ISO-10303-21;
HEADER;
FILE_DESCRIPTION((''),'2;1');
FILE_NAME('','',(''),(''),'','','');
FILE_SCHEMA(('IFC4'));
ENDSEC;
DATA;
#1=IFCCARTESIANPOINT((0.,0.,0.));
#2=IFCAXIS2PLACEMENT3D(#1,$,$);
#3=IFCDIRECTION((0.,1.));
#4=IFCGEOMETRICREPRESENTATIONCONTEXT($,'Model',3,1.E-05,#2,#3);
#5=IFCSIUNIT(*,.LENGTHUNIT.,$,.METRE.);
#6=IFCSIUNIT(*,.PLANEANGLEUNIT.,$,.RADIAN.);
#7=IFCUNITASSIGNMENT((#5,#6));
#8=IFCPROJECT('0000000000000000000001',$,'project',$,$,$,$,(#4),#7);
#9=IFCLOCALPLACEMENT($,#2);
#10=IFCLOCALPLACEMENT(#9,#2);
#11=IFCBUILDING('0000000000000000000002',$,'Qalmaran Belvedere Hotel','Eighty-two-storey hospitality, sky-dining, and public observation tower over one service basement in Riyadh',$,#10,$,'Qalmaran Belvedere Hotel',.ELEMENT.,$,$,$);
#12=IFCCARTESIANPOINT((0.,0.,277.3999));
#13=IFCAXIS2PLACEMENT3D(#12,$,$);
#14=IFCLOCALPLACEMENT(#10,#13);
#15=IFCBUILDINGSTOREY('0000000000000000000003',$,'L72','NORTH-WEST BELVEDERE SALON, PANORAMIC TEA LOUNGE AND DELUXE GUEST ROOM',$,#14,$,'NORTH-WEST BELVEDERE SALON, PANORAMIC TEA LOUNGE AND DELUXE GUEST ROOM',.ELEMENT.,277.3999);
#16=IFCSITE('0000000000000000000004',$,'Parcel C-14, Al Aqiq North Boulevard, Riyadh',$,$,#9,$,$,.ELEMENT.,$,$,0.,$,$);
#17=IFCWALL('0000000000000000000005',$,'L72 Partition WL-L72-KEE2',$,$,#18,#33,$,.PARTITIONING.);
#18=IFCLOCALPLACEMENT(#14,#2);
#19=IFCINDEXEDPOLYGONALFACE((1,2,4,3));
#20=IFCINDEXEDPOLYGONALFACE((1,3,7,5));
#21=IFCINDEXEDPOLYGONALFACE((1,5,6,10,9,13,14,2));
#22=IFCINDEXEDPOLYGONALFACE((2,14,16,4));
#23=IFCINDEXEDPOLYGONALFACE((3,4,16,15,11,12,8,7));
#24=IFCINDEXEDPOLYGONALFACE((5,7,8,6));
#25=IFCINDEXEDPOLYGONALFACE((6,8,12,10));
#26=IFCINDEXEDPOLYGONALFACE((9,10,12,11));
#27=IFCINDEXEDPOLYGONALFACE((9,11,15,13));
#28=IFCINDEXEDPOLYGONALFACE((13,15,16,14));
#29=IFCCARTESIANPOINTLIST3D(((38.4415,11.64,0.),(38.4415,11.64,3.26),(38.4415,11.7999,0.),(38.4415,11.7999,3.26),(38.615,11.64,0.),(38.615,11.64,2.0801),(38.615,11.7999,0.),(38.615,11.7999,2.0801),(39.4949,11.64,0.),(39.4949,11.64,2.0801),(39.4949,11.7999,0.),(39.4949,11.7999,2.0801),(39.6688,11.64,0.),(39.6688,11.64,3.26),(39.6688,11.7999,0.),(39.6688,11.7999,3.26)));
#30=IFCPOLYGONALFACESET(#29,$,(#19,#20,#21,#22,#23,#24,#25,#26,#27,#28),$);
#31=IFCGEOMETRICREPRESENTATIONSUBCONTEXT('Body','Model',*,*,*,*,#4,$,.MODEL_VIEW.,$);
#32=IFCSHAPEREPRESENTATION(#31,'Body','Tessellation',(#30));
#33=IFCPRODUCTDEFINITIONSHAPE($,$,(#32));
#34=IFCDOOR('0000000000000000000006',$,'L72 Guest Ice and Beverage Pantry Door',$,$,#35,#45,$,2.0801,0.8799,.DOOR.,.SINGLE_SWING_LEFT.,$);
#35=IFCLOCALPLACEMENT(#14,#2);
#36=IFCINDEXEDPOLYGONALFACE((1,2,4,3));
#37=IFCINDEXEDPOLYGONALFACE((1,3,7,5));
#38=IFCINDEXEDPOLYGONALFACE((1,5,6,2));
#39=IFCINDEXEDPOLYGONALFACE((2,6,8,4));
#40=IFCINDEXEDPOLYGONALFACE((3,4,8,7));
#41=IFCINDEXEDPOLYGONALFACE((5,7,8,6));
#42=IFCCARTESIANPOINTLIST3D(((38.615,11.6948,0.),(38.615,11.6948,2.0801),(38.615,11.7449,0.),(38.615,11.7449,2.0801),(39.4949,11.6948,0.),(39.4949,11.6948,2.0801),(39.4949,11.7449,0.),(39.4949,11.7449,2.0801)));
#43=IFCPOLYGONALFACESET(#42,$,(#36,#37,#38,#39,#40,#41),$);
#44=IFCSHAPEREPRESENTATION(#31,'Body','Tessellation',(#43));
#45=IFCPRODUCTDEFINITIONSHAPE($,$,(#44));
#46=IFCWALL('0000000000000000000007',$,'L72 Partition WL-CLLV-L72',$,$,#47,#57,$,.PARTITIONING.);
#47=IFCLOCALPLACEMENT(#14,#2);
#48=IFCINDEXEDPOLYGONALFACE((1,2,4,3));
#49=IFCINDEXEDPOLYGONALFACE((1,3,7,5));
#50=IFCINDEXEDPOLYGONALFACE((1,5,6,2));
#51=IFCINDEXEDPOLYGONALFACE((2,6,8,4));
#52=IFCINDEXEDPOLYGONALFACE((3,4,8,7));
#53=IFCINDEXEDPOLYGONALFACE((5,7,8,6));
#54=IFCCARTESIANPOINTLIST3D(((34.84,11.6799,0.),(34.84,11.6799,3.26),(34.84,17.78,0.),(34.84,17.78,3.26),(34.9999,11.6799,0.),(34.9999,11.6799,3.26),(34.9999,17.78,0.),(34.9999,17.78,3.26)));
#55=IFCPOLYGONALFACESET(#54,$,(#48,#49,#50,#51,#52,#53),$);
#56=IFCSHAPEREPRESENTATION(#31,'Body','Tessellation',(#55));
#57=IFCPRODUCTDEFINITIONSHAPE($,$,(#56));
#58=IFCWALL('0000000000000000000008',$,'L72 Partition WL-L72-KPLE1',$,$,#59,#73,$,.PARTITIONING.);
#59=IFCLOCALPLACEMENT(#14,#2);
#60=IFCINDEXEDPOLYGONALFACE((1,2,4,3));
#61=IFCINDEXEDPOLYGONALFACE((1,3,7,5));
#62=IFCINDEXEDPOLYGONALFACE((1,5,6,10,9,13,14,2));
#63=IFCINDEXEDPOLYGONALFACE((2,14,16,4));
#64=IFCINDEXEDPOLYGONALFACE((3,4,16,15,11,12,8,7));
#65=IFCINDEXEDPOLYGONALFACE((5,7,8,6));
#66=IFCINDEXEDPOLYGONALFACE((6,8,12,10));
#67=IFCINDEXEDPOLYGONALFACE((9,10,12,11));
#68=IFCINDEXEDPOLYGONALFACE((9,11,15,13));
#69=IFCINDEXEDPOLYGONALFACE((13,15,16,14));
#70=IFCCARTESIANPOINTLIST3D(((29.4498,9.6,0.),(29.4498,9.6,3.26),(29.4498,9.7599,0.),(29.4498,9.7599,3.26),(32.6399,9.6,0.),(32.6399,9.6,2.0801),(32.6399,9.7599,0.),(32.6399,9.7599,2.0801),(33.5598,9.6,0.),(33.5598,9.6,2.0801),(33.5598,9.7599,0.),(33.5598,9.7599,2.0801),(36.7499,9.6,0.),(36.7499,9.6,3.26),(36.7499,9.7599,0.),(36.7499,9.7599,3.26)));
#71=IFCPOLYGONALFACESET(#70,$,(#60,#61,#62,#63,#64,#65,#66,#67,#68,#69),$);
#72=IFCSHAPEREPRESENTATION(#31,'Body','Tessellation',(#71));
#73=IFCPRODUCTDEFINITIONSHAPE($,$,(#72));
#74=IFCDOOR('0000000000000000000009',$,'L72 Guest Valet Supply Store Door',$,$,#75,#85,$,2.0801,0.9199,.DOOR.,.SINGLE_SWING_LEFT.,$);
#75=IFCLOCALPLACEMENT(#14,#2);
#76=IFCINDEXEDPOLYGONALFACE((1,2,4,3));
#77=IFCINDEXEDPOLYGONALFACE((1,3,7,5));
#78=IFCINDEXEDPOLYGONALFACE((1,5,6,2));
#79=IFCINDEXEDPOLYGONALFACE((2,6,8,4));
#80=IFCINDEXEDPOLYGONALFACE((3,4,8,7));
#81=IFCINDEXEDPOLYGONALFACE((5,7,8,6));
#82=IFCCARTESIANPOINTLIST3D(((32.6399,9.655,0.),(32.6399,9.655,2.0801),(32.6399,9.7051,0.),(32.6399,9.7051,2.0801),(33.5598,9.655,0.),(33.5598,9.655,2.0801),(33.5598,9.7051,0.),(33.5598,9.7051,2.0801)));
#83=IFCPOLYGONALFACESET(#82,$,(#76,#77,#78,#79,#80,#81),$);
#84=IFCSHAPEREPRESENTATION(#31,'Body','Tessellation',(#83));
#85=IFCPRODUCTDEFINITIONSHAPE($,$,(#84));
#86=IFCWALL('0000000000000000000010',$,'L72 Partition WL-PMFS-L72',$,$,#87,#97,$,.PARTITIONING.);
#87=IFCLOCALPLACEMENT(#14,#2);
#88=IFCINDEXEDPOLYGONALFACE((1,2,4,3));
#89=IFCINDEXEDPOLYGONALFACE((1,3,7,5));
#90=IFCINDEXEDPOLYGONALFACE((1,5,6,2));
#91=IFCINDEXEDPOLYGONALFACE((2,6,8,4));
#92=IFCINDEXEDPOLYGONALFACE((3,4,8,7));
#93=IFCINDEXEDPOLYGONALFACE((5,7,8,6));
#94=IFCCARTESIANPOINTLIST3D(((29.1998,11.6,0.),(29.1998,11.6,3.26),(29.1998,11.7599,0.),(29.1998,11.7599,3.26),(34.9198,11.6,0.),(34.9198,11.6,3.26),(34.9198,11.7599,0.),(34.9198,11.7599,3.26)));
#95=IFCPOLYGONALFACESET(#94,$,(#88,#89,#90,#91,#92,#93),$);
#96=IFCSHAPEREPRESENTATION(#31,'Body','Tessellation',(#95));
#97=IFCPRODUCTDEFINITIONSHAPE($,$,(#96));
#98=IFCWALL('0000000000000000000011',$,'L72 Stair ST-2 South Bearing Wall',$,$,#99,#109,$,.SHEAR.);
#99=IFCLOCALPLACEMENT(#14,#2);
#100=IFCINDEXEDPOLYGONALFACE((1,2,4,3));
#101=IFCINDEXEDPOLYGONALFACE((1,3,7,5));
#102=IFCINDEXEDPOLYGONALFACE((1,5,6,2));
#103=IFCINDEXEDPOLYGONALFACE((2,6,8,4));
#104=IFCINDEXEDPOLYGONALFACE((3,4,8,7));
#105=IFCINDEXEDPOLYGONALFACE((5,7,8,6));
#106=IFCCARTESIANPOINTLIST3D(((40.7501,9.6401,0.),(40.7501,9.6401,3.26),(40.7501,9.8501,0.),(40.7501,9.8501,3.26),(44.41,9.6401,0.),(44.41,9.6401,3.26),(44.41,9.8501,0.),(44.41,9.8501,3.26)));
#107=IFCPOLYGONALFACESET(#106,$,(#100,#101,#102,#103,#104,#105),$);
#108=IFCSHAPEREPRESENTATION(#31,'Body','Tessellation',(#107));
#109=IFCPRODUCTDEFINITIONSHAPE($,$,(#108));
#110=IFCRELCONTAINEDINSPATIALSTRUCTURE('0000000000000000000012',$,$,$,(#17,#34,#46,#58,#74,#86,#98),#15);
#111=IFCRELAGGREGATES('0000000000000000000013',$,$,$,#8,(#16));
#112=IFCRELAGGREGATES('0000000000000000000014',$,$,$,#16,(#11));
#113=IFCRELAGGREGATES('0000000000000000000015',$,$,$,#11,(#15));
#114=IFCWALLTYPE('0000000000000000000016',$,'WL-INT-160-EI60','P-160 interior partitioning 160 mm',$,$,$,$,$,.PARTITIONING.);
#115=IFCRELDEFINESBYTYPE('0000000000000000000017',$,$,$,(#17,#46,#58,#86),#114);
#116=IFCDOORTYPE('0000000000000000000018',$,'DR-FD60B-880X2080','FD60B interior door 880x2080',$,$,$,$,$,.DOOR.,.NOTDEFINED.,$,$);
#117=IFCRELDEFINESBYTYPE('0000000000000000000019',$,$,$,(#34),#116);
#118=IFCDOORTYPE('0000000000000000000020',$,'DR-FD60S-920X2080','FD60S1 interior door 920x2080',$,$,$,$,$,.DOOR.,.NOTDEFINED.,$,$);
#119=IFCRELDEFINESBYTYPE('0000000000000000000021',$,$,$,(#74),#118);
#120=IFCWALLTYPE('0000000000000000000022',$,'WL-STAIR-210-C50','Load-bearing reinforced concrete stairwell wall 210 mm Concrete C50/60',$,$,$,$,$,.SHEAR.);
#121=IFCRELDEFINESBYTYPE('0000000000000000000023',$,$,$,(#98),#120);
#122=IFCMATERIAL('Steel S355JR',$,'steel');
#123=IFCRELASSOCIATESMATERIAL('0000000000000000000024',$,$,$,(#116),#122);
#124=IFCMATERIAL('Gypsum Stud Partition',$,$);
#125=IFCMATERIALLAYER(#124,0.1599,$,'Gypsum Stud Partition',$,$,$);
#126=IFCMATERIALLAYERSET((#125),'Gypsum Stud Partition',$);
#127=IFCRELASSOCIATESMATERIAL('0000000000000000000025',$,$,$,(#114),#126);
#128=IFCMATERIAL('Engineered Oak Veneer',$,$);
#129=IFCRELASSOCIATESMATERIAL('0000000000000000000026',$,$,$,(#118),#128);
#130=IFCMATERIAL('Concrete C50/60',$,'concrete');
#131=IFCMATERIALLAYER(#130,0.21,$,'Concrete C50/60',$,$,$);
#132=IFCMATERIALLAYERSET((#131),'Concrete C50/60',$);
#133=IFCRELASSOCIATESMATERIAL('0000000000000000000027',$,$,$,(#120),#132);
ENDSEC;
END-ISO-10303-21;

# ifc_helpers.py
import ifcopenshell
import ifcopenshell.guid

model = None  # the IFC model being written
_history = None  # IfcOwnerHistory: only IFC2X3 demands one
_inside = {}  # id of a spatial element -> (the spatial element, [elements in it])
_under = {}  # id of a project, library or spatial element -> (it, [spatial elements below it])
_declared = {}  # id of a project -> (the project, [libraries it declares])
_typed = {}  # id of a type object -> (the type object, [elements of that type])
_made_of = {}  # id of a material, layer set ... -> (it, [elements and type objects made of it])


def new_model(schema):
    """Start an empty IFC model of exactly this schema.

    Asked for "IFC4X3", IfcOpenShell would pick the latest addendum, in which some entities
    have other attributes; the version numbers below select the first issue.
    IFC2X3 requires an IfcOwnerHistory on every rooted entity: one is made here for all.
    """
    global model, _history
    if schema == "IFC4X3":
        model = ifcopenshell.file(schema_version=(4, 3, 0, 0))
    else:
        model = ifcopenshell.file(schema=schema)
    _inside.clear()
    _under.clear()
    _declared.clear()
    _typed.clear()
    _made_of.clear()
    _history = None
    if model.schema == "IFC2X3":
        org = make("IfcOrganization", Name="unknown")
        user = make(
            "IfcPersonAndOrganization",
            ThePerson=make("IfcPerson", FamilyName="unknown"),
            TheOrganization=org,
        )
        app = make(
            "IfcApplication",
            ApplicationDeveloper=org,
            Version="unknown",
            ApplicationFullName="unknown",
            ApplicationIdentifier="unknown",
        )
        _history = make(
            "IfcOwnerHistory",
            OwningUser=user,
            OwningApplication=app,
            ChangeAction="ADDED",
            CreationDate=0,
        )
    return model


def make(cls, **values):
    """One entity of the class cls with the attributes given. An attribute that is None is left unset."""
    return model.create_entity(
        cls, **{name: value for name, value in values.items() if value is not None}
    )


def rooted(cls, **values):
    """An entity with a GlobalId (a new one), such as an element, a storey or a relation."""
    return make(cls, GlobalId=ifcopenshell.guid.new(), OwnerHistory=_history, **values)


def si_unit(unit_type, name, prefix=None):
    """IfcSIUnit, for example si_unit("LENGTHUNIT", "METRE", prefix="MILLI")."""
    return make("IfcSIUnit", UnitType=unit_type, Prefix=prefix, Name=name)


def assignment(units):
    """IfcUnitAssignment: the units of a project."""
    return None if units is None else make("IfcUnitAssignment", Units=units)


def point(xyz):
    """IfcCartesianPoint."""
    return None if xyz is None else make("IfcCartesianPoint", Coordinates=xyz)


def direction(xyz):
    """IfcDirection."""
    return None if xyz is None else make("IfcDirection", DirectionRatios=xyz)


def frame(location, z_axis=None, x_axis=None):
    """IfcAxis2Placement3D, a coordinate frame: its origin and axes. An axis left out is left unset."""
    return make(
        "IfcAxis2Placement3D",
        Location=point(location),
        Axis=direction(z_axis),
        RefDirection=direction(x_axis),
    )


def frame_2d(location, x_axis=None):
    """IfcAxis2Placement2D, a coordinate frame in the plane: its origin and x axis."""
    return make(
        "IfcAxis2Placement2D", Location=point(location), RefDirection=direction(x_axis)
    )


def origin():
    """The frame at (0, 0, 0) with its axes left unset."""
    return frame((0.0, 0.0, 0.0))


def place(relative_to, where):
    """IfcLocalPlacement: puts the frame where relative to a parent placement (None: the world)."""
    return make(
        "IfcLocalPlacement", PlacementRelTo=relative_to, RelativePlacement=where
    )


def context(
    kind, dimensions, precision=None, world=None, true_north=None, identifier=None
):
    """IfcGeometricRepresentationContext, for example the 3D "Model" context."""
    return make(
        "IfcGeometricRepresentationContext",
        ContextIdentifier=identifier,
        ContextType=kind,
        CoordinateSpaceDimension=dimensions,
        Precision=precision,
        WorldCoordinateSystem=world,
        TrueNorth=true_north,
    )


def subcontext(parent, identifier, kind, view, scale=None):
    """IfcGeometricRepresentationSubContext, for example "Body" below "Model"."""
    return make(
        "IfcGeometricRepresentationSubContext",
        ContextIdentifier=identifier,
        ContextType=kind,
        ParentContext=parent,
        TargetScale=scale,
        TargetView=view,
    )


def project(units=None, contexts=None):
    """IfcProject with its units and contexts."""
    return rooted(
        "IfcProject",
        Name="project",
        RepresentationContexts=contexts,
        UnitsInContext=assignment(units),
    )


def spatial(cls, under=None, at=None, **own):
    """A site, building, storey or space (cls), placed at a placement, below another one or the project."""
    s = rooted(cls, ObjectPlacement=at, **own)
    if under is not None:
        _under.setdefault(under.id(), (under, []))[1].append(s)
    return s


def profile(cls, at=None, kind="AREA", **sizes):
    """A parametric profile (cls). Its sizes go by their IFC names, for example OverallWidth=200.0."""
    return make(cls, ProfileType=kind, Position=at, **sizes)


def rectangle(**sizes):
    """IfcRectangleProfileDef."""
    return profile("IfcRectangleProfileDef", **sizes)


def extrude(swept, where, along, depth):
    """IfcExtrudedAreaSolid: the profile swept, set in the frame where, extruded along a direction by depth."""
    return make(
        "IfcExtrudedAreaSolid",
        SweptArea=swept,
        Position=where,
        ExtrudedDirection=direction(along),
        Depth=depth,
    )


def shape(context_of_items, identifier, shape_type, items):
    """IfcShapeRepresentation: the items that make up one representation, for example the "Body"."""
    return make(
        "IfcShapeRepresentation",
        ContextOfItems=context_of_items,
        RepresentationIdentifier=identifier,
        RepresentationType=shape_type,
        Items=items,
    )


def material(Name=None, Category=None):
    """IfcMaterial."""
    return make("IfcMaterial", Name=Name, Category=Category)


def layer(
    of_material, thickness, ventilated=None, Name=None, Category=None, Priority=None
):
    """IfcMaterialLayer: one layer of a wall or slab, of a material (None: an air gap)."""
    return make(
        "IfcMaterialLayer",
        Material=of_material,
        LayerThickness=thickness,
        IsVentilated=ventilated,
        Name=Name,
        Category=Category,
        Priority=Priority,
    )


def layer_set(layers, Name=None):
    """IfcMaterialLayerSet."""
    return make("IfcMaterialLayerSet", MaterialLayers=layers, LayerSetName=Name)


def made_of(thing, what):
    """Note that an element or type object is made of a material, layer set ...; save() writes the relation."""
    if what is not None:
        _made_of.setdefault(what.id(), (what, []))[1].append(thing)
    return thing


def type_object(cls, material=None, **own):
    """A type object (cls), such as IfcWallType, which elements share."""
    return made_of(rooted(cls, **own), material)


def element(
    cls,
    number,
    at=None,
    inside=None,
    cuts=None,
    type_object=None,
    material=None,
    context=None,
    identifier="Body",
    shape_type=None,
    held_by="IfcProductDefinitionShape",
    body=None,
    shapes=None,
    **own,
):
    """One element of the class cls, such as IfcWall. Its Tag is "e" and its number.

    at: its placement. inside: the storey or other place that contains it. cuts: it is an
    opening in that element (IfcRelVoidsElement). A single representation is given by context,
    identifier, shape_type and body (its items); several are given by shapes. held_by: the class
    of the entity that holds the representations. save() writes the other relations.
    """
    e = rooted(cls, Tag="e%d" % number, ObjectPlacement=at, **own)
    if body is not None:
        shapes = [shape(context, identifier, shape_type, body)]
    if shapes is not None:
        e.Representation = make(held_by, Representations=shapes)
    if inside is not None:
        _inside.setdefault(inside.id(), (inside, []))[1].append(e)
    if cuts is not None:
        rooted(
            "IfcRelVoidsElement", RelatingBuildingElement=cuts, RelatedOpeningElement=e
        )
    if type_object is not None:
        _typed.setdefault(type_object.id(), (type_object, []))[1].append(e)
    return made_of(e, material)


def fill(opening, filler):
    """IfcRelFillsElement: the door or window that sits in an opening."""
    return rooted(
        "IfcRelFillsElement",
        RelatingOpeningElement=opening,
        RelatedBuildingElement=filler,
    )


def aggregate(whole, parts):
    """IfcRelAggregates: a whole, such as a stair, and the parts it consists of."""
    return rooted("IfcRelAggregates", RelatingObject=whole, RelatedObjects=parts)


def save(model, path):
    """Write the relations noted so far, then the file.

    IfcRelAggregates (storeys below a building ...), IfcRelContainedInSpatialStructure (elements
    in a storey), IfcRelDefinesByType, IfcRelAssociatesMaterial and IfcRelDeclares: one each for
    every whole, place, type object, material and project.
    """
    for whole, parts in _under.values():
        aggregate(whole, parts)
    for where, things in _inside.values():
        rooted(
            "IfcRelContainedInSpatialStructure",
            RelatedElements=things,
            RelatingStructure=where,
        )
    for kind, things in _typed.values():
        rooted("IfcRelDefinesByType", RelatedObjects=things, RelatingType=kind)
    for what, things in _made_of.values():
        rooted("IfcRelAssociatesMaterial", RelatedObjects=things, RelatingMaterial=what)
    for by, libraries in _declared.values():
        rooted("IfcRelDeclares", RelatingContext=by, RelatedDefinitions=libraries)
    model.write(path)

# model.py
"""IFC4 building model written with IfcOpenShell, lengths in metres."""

from ifc_helpers import new_model, si_unit, direction, frame, frame_2d, origin, place, context, subcontext, project, spatial, rectangle, extrude, material, layer, layer_set, type_object, element, fill, save


model = new_model("IFC4")

# Units and contexts
model_context = context("Model", 3, precision=1e-05, world=origin(), true_north=direction((0.0, 1.0)))
body_context = subcontext(model_context, "Body", "Model", "MODEL_VIEW")
ifc_project = project(units=[si_unit("LENGTHUNIT", "METRE"), si_unit("PLANEANGLEUNIT", "RADIAN")], contexts=[model_context])

# Site, building, storey
site_placement = place(None, origin())
site = spatial("IfcSite", under=ifc_project, at=site_placement, Name="Parcel C-14, Al Aqiq North Boulevard, Riyadh", CompositionType="ELEMENT", RefElevation=0.0)
building_placement = place(site_placement, origin())
building = spatial("IfcBuilding", under=site, at=building_placement, Name="Qalmaran Belvedere Hotel", Description="Eighty-two-storey hospitality, sky-dining, and public observation tower over one service basement in Riyadh", LongName="Qalmaran Belvedere Hotel", CompositionType="ELEMENT")
storey_placement = place(building_placement, frame((0.0, 0.0, 277.3999)))
storey = spatial("IfcBuildingStorey", under=building, at=storey_placement, Name="L72", Description="NORTH-WEST BELVEDERE SALON, PANORAMIC TEA LOUNGE AND DELUXE GUEST ROOM", LongName="NORTH-WEST BELVEDERE SALON, PANORAMIC TEA LOUNGE AND DELUXE GUEST ROOM", CompositionType="ELEMENT", Elevation=277.3999)

# Shared definitions
ifc_material_1 = material(Name="Concrete C50/60", Category="concrete")

# Shared definitions
ifc_material_2 = material(Name="Steel S355JR", Category="steel")

# Shared definitions
ifc_material_3 = material(Name="Gypsum Stud Partition")

# Wall, opening, door
door_type_1 = type_object("IfcDoorType", Name="DR-FD60B-880X2080", Description="FD60B interior door 880x2080", OperationType="NOTDEFINED", PredefinedType="DOOR", material=ifc_material_2)
ifc_layer_1 = layer(ifc_material_3, 0.1599, Name="Gypsum Stud Partition")
ifc_layer_set_1 = layer_set([ifc_layer_1], Name="Gypsum Stud Partition")
wall_type_1 = type_object("IfcWallType", Name="WL-INT-160-EI60", Description="P-160 interior partitioning 160 mm", PredefinedType="PARTITIONING", material=ifc_layer_set_1)
wall_1_placement = place(storey_placement, frame((38.4414, 11.72, 0.0), z_axis=(0.0, 0.0, 1.0), x_axis=(1.0, 0.0, 0.0)))
wall_1 = element("IfcWall", 1, at=wall_1_placement, inside=storey, type_object=wall_type_1, Name="L72 Partition WL-L72-KEE2", PredefinedType="PARTITIONING", context=body_context, shape_type="SweptSolid", body=[
    extrude(rectangle(XDim=1.2273, YDim=0.1599, at=frame_2d((0.6138, 0.0))), origin(), (0.0, 0.0, 1.0), 3.26),
])
opening_1_placement = place(wall_1_placement, frame((0.1736, 0.0, 0.0)))
opening_1 = element("IfcOpeningElement", 2, at=opening_1_placement, cuts=wall_1, PredefinedType="OPENING", context=body_context, shape_type="SweptSolid", body=[
    extrude(rectangle(XDim=0.8799, YDim=2.0801, at=frame_2d((0.4399, 1.04))), frame((0.0, 0.0898, 0.0), z_axis=(0.0, -1.0, 0.0), x_axis=(1.0, 0.0, 0.0)), (0.0, 0.0, 1.0), 0.1799),
])
door_1_placement = place(opening_1_placement, origin())
door_1 = element("IfcDoor", 3, at=door_1_placement, inside=storey, type_object=door_type_1, Name="L72 Guest Ice and Beverage Pantry Door", OperationType="SINGLE_SWING_LEFT", OverallHeight=2.0801, OverallWidth=0.8799, PredefinedType="DOOR", context=body_context, shape_type="SweptSolid", body=[
    extrude(rectangle(XDim=0.8799, YDim=2.0801, at=frame_2d((0.4399, 1.04))), frame((0.0, 0.0249, 0.0), z_axis=(0.0, -1.0, 0.0), x_axis=(1.0, 0.0, 0.0)), (0.0, 0.0, 1.0), 0.05),
])
fill(opening_1, door_1)
ifc_material_4 = material(Name="Engineered Oak Veneer")

# Wall
wall_2_placement = place(storey_placement, frame((34.9199, 11.6799, 0.0), z_axis=(0.0, 0.0, 1.0), x_axis=(0.0, 1.0, 0.0)))
element("IfcWall", 4, at=wall_2_placement, inside=storey, type_object=wall_type_1, Name="L72 Partition WL-CLLV-L72", PredefinedType="PARTITIONING", context=body_context, shape_type="SweptSolid", body=[
    extrude(rectangle(XDim=6.1001, YDim=0.1599, at=frame_2d((3.05, 0.0))), origin(), (0.0, 0.0, 1.0), 3.26),
])

# Wall, opening, door
wall_3_placement = place(storey_placement, frame((29.45, 9.6799, 0.0), z_axis=(0.0, 0.0, 1.0), x_axis=(1.0, 0.0, 0.0)))
wall_3 = element("IfcWall", 5, at=wall_3_placement, inside=storey, type_object=wall_type_1, Name="L72 Partition WL-L72-KPLE1", PredefinedType="PARTITIONING", context=body_context, shape_type="SweptSolid", body=[
    extrude(rectangle(XDim=7.3, YDim=0.1599, at=frame_2d((3.6499, 0.0))), origin(), (0.0, 0.0, 1.0), 3.26),
])
opening_2_placement = place(wall_3_placement, frame((4.1099, 0.0, 0.0), z_axis=(0.0, 0.0, 1.0), x_axis=(-1.0, 0.0, 0.0)))
opening_2 = element("IfcOpeningElement", 6, at=opening_2_placement, cuts=wall_3, PredefinedType="OPENING", context=body_context, shape_type="SweptSolid", body=[
    extrude(rectangle(XDim=0.9199, YDim=2.0801, at=frame_2d((0.46, 1.04))), frame((0.0, 0.0898, 0.0), z_axis=(0.0, -1.0, 0.0), x_axis=(1.0, 0.0, 0.0)), (0.0, 0.0, 1.0), 0.1799),
])
door_type_2 = type_object("IfcDoorType", Name="DR-FD60S-920X2080", Description="FD60S1 interior door 920x2080", OperationType="NOTDEFINED", PredefinedType="DOOR", material=ifc_material_4)
door_2_placement = place(opening_2_placement, origin())
door_2 = element("IfcDoor", 7, at=door_2_placement, inside=storey, type_object=door_type_2, Name="L72 Guest Valet Supply Store Door", OperationType="SINGLE_SWING_LEFT", OverallHeight=2.0801, OverallWidth=0.9199, PredefinedType="DOOR", context=body_context, shape_type="SweptSolid", body=[
    extrude(rectangle(XDim=0.9199, YDim=2.0801, at=frame_2d((0.46, 1.04))), frame((0.0, 0.0249, 0.0), z_axis=(0.0, -1.0, 0.0), x_axis=(1.0, 0.0, 0.0)), (0.0, 0.0, 1.0), 0.05),
])
fill(opening_2, door_2)

# Walls
wall_4_placement = place(storey_placement, frame((29.2, 11.6799, 0.0), z_axis=(0.0, 0.0, 1.0), x_axis=(1.0, 0.0, 0.0)))
element("IfcWall", 8, at=wall_4_placement, inside=storey, type_object=wall_type_1, Name="L72 Partition WL-PMFS-L72", PredefinedType="PARTITIONING", context=body_context, shape_type="SweptSolid", body=[
    extrude(rectangle(XDim=5.72, YDim=0.1599, at=frame_2d((2.8599, 0.0))), origin(), (0.0, 0.0, 1.0), 3.26),
])
ifc_layer_2 = layer(ifc_material_1, 0.21, Name="Concrete C50/60")
ifc_layer_set_2 = layer_set([ifc_layer_2], Name="Concrete C50/60")
wall_type_2 = type_object("IfcWallType", Name="WL-STAIR-210-C50", Description="Load-bearing reinforced concrete stairwell wall 210 mm Concrete C50/60", PredefinedType="SHEAR", material=ifc_layer_set_2)
wall_5_placement = place(storey_placement, frame((40.75, 9.7451, 0.0), z_axis=(0.0, 0.0, 1.0), x_axis=(1.0, 0.0, 0.0)))
element("IfcWall", 9, at=wall_5_placement, inside=storey, type_object=wall_type_2, Name="L72 Stair ST-2 South Bearing Wall", PredefinedType="SHEAR", context=body_context, shape_type="SweptSolid", body=[
    extrude(rectangle(XDim=3.6599, YDim=0.21, at=frame_2d((1.8301, 0.0))), origin(), (0.0, 0.0, 1.0), 3.26),
])

save(model, "model.ifc")
